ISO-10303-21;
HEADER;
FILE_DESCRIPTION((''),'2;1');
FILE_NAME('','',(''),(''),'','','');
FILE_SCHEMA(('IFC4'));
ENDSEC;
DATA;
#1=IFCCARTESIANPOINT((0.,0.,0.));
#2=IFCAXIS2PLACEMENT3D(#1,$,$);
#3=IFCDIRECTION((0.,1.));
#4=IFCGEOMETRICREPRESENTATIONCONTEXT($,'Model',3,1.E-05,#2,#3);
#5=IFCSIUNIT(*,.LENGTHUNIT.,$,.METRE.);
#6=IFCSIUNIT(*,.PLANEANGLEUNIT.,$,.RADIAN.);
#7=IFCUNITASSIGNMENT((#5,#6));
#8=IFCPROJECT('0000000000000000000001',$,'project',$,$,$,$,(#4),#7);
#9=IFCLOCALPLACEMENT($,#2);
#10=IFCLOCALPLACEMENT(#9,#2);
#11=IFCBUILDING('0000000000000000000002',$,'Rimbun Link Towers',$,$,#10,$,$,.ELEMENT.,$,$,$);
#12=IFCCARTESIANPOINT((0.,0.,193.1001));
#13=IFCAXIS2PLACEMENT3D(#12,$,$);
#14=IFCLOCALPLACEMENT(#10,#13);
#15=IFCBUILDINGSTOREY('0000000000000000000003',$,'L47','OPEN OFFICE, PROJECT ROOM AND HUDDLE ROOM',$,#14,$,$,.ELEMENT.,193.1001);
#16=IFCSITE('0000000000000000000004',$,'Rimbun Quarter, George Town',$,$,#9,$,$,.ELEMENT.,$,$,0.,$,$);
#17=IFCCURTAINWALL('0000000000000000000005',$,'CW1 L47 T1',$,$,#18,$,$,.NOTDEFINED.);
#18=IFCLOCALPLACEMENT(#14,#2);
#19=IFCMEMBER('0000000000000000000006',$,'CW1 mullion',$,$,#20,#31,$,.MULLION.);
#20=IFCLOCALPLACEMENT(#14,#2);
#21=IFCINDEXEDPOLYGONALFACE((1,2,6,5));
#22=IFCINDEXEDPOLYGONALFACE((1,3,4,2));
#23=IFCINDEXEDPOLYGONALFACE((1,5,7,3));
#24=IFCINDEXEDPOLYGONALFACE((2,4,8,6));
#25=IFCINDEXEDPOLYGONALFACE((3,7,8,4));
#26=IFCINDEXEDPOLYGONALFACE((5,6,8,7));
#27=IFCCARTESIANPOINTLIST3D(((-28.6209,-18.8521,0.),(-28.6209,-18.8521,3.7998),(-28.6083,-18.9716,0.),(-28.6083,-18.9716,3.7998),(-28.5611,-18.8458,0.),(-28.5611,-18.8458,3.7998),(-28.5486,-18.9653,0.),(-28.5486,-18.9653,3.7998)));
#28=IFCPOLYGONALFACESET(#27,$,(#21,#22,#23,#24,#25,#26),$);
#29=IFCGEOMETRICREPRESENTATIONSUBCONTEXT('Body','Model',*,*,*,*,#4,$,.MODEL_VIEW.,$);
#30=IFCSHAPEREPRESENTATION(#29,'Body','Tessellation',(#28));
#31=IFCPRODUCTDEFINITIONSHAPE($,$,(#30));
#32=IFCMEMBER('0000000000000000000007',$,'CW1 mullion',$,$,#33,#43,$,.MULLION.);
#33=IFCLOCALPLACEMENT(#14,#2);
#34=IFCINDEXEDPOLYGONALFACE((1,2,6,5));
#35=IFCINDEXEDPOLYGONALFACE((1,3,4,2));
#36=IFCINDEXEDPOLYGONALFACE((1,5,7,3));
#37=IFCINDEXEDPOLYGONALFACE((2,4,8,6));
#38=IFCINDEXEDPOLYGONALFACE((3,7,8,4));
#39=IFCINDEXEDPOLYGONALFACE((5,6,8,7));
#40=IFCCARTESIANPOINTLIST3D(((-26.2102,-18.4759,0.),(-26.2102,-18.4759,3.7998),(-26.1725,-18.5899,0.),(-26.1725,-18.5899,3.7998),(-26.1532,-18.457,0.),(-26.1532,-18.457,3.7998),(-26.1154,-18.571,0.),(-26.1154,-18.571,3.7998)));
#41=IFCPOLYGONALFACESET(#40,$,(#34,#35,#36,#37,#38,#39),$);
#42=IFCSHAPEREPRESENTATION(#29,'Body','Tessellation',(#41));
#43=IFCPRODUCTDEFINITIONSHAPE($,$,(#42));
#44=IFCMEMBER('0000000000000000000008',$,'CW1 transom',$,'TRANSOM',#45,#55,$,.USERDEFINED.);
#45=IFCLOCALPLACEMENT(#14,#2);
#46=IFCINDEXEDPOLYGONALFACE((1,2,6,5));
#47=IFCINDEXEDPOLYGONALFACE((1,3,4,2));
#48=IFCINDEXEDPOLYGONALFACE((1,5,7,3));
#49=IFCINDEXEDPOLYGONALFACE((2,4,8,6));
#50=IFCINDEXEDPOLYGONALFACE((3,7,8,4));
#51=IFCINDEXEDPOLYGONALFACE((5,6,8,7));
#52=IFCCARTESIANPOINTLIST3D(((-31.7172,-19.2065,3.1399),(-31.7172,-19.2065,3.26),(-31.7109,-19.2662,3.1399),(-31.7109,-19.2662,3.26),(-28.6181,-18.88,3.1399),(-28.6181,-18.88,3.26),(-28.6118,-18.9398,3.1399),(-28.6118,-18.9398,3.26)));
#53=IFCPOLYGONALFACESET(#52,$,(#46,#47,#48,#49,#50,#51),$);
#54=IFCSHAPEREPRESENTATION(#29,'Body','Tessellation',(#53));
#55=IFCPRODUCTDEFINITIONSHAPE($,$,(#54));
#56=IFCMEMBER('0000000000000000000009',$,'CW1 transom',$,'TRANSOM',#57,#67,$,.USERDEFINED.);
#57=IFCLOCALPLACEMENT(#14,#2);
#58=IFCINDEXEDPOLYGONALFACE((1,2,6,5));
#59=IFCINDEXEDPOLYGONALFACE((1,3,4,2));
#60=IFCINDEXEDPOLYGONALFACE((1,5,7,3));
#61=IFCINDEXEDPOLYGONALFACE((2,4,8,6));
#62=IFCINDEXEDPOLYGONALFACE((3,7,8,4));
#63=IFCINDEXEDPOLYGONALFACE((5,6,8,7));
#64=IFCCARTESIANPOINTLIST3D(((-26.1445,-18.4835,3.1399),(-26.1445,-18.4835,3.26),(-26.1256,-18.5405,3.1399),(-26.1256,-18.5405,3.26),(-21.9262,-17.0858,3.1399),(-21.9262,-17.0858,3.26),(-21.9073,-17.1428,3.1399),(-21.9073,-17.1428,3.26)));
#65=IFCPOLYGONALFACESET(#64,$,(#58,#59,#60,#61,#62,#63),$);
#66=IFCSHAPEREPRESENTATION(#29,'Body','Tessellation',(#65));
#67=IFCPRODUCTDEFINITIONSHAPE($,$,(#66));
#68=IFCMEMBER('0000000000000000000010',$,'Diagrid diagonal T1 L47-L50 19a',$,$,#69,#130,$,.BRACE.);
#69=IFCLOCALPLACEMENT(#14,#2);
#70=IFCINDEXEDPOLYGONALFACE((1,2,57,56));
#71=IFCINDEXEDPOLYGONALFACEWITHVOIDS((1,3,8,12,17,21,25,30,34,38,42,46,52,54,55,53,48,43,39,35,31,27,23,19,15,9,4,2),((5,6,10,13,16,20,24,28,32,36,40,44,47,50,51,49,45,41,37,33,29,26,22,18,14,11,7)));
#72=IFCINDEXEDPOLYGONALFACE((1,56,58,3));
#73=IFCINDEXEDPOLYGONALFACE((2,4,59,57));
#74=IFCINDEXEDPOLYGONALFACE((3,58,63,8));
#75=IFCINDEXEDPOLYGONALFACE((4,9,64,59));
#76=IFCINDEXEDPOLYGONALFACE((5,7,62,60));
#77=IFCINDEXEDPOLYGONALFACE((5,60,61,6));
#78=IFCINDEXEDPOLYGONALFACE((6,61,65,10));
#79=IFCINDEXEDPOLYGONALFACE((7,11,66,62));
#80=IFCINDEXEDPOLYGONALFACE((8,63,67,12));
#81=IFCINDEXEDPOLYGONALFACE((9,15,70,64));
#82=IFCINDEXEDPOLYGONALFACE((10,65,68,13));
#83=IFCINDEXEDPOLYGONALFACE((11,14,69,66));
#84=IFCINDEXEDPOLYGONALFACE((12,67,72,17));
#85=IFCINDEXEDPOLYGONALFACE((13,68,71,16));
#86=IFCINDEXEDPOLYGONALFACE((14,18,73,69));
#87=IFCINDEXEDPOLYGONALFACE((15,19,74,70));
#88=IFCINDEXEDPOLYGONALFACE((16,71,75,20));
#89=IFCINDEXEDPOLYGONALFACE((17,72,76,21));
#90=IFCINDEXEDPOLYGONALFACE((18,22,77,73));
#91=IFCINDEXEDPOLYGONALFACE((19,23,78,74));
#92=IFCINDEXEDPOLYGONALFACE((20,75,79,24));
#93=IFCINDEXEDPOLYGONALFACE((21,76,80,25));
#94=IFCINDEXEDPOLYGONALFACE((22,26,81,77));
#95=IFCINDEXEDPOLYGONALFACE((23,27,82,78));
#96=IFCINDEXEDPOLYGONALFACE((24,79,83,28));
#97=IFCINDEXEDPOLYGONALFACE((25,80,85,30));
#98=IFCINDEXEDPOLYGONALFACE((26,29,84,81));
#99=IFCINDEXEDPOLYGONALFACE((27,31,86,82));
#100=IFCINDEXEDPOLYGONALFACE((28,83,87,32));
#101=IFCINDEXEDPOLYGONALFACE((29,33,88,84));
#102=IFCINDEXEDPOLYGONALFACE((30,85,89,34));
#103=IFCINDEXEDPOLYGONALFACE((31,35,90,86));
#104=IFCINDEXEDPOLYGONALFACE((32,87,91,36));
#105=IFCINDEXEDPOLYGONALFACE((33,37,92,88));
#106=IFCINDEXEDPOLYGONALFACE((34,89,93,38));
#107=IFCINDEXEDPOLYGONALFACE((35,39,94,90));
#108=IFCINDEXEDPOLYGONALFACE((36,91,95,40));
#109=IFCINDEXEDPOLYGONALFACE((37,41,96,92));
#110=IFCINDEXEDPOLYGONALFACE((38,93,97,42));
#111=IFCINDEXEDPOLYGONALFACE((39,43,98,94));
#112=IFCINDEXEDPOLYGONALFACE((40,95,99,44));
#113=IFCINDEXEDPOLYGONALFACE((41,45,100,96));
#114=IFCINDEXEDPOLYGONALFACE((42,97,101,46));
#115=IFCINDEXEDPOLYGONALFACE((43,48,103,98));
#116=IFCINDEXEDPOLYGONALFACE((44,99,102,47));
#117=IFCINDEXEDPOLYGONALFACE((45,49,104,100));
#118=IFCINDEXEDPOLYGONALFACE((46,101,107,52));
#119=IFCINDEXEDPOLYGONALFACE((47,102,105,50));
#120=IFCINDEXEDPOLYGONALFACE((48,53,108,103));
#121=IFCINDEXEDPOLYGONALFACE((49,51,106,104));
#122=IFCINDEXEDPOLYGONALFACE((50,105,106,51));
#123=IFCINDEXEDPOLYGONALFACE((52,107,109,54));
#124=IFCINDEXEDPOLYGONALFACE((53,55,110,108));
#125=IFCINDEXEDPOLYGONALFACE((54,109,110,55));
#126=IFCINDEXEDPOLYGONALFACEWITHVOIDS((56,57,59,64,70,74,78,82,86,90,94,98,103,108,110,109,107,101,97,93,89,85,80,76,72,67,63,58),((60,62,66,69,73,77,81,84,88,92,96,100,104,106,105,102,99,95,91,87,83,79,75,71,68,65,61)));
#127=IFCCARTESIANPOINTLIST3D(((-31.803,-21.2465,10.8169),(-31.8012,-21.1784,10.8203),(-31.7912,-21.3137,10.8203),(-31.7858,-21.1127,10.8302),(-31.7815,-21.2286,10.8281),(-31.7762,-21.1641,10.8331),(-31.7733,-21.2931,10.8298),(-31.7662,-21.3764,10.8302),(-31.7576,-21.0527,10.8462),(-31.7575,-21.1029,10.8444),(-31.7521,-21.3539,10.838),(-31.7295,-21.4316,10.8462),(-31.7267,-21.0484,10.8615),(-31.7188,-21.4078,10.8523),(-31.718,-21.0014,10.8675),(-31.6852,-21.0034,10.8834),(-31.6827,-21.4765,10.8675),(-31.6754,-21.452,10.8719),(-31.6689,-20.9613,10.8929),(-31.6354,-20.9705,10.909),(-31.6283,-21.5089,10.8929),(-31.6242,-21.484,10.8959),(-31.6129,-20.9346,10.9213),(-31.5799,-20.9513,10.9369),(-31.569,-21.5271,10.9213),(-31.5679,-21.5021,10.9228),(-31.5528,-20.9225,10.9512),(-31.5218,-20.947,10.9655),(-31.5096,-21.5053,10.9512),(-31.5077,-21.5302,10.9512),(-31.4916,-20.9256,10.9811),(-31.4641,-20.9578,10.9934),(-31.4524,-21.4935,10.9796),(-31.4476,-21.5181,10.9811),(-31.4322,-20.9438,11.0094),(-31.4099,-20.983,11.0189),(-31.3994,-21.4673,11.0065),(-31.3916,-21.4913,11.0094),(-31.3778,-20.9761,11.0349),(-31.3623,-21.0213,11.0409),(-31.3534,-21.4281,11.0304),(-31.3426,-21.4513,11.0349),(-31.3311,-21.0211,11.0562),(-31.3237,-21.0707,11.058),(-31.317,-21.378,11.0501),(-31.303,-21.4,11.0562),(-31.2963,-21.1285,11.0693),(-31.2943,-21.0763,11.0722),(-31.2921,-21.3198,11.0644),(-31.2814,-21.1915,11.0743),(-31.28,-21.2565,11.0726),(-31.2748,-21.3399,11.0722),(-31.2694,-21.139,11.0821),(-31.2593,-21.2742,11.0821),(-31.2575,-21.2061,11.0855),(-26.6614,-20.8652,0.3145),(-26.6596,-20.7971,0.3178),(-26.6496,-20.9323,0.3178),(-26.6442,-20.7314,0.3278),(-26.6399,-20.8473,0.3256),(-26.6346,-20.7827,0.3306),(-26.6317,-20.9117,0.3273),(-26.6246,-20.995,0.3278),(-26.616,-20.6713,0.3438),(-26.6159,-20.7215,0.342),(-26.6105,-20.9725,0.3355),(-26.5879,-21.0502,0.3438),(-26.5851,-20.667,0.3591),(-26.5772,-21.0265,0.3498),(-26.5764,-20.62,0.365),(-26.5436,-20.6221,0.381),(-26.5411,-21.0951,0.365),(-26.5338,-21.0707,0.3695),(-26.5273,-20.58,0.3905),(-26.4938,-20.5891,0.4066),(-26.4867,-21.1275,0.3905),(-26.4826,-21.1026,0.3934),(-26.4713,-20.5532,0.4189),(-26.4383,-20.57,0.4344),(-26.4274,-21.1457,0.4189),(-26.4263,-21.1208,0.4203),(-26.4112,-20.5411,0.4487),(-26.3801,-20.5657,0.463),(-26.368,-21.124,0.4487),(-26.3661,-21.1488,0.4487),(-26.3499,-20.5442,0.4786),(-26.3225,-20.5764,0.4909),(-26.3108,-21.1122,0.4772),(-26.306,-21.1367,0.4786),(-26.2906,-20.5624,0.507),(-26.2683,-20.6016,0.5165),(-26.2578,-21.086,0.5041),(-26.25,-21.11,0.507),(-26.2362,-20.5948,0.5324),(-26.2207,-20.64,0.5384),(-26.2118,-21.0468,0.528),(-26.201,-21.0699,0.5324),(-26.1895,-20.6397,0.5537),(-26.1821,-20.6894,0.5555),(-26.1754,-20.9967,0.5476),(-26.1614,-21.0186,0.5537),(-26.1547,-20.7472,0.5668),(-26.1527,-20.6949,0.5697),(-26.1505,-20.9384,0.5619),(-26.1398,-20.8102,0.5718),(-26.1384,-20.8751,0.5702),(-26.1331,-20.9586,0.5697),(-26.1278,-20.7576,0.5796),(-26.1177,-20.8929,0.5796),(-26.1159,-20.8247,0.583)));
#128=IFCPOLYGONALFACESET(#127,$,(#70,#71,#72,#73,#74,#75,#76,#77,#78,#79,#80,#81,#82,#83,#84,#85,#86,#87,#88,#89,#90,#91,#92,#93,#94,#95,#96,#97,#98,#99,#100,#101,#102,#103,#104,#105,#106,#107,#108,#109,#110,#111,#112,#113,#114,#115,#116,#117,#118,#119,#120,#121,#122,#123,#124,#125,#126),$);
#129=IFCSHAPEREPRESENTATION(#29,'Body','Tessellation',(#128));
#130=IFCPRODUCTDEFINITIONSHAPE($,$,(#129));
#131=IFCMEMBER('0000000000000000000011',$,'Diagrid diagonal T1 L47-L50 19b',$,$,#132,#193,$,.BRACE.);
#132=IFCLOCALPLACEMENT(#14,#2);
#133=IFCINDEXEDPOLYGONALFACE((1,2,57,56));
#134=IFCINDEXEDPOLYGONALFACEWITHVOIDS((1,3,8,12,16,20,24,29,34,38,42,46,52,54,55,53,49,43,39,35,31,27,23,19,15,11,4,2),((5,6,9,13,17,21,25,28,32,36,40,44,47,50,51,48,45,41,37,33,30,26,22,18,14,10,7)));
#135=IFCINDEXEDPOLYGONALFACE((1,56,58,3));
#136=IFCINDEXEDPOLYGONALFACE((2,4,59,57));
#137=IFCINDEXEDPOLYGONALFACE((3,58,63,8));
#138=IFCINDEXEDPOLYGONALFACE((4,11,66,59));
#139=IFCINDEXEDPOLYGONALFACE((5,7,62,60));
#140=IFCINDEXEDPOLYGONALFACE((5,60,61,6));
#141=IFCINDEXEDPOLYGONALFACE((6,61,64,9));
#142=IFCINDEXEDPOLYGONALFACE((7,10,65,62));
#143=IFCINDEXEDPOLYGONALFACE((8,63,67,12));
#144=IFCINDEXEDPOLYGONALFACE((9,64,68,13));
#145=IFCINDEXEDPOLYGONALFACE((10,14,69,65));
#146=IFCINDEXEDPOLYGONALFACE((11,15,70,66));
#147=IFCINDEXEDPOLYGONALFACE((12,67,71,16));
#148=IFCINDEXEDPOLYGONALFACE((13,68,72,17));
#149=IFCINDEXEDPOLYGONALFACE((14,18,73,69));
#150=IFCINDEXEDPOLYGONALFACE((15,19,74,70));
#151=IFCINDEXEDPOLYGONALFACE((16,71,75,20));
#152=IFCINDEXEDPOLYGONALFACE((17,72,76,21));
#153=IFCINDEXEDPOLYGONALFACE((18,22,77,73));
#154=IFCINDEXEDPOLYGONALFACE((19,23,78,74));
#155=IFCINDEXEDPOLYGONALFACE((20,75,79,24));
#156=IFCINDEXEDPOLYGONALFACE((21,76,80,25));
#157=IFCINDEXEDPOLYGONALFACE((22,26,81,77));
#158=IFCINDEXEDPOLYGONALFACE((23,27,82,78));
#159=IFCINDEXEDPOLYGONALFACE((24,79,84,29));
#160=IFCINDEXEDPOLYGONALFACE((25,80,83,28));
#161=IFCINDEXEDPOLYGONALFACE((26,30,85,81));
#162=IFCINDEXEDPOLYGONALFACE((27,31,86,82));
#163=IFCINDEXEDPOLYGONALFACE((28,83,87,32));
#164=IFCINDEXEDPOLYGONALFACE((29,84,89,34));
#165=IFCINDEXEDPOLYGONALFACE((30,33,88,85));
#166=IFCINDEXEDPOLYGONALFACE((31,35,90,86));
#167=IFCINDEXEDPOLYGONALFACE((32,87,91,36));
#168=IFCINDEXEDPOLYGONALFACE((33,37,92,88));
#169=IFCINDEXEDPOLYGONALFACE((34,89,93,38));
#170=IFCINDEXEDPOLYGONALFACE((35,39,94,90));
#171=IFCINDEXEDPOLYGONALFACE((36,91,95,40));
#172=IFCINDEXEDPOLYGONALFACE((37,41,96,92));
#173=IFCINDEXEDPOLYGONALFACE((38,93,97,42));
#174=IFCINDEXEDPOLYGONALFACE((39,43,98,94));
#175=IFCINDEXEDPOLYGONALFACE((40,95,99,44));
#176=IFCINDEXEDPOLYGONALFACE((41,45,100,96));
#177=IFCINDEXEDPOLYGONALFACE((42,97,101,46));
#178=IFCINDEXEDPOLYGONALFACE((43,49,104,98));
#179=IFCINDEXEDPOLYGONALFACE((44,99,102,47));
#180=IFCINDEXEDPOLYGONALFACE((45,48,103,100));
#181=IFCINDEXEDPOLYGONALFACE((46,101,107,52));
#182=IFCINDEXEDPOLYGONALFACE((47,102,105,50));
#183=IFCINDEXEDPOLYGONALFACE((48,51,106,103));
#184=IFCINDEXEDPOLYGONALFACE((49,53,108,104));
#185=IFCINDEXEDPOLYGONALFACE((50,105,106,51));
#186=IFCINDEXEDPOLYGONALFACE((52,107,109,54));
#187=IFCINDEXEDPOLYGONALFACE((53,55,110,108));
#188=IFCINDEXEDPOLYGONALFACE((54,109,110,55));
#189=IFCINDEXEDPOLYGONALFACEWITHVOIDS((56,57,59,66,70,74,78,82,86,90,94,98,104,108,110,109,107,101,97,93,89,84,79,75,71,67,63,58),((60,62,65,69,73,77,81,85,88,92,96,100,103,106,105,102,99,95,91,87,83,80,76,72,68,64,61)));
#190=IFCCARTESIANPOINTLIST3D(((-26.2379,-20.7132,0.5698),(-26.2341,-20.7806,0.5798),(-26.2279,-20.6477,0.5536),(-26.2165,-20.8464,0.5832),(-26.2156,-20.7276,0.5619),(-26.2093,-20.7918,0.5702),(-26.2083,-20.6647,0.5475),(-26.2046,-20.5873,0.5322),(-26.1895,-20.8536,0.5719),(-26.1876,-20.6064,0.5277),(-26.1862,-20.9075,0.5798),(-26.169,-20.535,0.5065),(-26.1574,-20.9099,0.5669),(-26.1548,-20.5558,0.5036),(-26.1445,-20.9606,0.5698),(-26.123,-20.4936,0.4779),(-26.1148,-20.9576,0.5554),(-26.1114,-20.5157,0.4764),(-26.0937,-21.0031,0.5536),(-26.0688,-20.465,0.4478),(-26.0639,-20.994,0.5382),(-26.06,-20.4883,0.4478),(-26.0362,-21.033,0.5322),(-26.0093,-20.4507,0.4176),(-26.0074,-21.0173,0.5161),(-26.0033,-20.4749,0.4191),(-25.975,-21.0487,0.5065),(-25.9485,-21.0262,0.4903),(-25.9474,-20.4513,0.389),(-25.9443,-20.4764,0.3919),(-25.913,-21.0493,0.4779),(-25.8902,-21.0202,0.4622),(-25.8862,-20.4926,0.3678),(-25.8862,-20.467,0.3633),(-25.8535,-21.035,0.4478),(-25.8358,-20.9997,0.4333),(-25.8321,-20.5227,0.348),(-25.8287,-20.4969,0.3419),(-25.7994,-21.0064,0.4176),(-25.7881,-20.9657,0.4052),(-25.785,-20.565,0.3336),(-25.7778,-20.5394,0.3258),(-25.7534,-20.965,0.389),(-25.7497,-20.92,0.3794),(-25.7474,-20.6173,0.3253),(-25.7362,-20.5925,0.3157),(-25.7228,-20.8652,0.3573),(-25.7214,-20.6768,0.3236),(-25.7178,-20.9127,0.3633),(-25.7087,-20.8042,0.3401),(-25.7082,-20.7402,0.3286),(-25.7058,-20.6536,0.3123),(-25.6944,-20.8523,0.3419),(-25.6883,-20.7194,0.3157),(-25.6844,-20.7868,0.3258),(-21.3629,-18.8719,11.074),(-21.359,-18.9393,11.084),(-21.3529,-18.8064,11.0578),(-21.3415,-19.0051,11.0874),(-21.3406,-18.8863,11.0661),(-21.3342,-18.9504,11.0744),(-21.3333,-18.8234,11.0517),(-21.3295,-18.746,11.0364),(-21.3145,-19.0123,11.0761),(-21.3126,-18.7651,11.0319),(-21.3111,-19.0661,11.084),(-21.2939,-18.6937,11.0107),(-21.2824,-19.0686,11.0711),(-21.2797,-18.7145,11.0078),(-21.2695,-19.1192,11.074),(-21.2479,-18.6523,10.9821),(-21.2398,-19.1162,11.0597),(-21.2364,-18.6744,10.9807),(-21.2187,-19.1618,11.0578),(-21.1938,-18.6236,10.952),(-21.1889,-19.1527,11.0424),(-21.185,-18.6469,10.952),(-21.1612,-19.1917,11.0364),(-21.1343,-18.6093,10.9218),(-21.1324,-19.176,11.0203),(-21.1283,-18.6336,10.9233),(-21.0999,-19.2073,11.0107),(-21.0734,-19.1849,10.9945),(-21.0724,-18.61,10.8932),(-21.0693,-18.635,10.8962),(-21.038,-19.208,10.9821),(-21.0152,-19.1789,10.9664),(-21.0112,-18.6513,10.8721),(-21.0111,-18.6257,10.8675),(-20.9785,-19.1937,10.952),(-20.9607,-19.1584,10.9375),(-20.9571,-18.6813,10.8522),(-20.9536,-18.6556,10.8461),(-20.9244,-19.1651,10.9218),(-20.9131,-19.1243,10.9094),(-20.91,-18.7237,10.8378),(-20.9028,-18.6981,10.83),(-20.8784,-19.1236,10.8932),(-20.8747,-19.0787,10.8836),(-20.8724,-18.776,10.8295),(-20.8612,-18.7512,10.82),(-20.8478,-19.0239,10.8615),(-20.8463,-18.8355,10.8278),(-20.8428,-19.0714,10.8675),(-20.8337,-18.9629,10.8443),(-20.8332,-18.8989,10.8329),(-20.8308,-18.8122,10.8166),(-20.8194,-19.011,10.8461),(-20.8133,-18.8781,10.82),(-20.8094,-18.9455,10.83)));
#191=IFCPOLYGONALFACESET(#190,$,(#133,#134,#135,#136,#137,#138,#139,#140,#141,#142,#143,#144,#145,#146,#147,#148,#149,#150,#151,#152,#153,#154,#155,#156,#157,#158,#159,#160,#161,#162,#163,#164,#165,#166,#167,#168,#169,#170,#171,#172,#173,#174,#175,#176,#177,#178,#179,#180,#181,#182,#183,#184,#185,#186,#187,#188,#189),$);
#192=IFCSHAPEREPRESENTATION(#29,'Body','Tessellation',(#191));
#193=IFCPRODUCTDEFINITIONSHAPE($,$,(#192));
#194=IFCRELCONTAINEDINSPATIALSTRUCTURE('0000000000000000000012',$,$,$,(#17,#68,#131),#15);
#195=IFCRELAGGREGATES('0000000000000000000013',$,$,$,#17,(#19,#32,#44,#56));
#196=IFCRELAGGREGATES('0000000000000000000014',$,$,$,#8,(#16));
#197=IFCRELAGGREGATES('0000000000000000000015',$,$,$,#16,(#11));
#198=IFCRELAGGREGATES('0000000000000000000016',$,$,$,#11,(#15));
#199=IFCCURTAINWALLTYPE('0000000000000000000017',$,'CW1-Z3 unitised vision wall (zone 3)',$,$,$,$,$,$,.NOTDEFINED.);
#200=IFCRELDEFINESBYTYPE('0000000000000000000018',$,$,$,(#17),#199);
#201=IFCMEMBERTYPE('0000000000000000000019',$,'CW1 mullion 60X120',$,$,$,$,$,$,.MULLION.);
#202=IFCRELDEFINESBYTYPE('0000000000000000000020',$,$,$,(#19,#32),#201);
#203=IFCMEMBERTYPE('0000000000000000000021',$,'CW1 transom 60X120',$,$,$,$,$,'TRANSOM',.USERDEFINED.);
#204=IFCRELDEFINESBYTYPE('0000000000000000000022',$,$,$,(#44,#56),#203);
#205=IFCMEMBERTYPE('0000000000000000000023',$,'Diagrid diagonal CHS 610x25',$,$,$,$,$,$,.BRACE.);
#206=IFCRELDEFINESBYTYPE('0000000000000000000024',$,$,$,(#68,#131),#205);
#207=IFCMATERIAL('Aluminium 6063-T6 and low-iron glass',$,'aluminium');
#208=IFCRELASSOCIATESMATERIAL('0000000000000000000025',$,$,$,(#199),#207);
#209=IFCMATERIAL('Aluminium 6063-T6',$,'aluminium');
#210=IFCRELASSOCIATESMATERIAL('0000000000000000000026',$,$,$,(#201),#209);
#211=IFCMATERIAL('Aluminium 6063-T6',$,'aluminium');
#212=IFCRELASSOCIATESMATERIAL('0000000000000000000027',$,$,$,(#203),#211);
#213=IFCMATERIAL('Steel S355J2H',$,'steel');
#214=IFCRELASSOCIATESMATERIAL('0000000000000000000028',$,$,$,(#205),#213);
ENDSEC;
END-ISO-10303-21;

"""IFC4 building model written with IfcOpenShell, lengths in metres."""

from ifc_helpers import new_model, si_unit, direction, frame, origin, origin_2d, place, context, subcontext, project, spatial, rectangle, hollow_circle, extrude, material, material_profile, profile_set, type_object, element, aggregate, save


model = new_model("IFC4")

# Units and contexts
model_context = context("Model", 3, precision=1e-05, world=origin(), true_north=direction((0.0, 1.0)))
body_context = subcontext(model_context, "Body", "Model", "MODEL_VIEW")
ifc_project = project(units=[si_unit("LENGTHUNIT", "METRE"), si_unit("PLANEANGLEUNIT", "RADIAN")], contexts=[model_context])

# Site, building, storey
site_placement = place(None, origin())
site = spatial("IfcSite", under=ifc_project, at=site_placement, Name="Rimbun Quarter, George Town", CompositionType="ELEMENT", RefElevation=0.0)
building_placement = place(site_placement, origin())
building = spatial("IfcBuilding", under=site, at=building_placement, Name="Rimbun Link Towers", CompositionType="ELEMENT")
storey_placement = place(building_placement, frame((0.0, 0.0, 193.1001)))
storey = spatial("IfcBuildingStorey", under=building, at=storey_placement, Name="L47", Description="OPEN OFFICE, PROJECT ROOM AND HUDDLE ROOM", CompositionType="ELEMENT", Elevation=193.1001)

# Curtain wall, members
ifc_material_1 = material(Name="Aluminium 6063-T6 and low-iron glass", Category="aluminium")
curtain_wall_type = type_object("IfcCurtainWallType", Name="CW1-Z3 unitised vision wall (zone 3)", PredefinedType="NOTDEFINED", material=ifc_material_1)
curtain_wall_placement = place(storey_placement, origin())
curtain_wall = element("IfcCurtainWall", 1, at=curtain_wall_placement, inside=storey, type_object=curtain_wall_type, Name="CW1 L47 T1", PredefinedType="NOTDEFINED")
ifc_material_2 = material(Name="Aluminium 6063-T6", Category="aluminium")
ifc_material_profile_1 = material_profile(ifc_material_2, rectangle(XDim=0.1201, YDim=0.0601, at=origin_2d()), Name="MULLION 60X120")
ifc_profile_set_1 = profile_set([ifc_material_profile_1], Name="Aluminium 6063-T6")
member_type_1 = type_object("IfcMemberType", Name="CW1 mullion 60X120", PredefinedType="MULLION", material=ifc_profile_set_1)
member_1_placement = place(storey_placement, frame((-28.5847, -18.9087, 0.0), z_axis=(0.0, 0.0, 1.0), x_axis=(0.104748, -0.994499, 0.0)))
member_1 = element("IfcMember", 2, at=member_1_placement, type_object=member_type_1, Name="CW1 mullion", PredefinedType="MULLION", context=body_context, shape_type="SweptSolid", body=[
    extrude(rectangle(XDim=0.1201, YDim=0.0601, at=origin_2d()), origin(), (0.0, 0.0, 1.0), 3.7998),
])
member_2_placement = place(storey_placement, frame((-26.1628, -18.5234, 0.0), z_axis=(0.0, 0.0, 1.0), x_axis=(0.314558, -0.949238, 0.0)))
member_2 = element("IfcMember", 3, at=member_2_placement, type_object=member_type_1, Name="CW1 mullion", PredefinedType="MULLION", context=body_context, shape_type="SweptSolid", body=[
    extrude(rectangle(XDim=0.1201, YDim=0.0601, at=origin_2d()), origin(), (0.0, 0.0, 1.0), 3.7998),
])
ifc_material_3 = material(Name="Aluminium 6063-T6", Category="aluminium")
ifc_material_profile_2 = material_profile(ifc_material_3, rectangle(XDim=0.0601, YDim=0.1201, at=origin_2d()), Name="TRANSOM 60X120")
ifc_profile_set_2 = profile_set([ifc_material_profile_2], Name="Aluminium 6063-T6")
member_type_2 = type_object("IfcMemberType", Name="CW1 transom 60X120", ElementType="TRANSOM", PredefinedType="USERDEFINED", material=ifc_profile_set_2)
member_3_placement = place(storey_placement, frame((-28.615, -18.9099, 3.2), z_axis=(-0.994499, -0.104746, 0.0), x_axis=(0.104746, -0.994499, 0.0)))
member_3 = element("IfcMember", 4, at=member_3_placement, type_object=member_type_2, Name="CW1 transom", ObjectType="TRANSOM", PredefinedType="USERDEFINED", context=body_context, shape_type="SweptSolid", body=[
    extrude(rectangle(XDim=0.0601, YDim=0.1201, at=origin_2d()), origin(), (0.0, 0.0, 1.0), 3.1162),
])
member_4_placement = place(storey_placement, frame((-21.9167, -17.1143, 3.2), z_axis=(-0.949248, -0.31453, 0.0), x_axis=(0.31453, -0.949248, 0.0)))
member_4 = element("IfcMember", 5, at=member_4_placement, type_object=member_type_2, Name="CW1 transom", ObjectType="TRANSOM", PredefinedType="USERDEFINED", context=body_context, shape_type="SweptSolid", body=[
    extrude(rectangle(XDim=0.0601, YDim=0.1201, at=origin_2d()), origin(), (0.0, 0.0, 1.0), 4.4438),
])

# Members
ifc_material_4 = material(Name="Steel S355J2H", Category="steel")
ifc_material_profile_3 = material_profile(ifc_material_4, hollow_circle(Radius=0.3047, WallThickness=0.0249, at=origin_2d()), Name="Diagrid diagonal CHS 610x25")
ifc_profile_set_3 = profile_set([ifc_material_profile_3], Name="Steel S355J2H")
member_type_3 = type_object("IfcMemberType", Name="Diagrid diagonal CHS 610x25", PredefinedType="BRACE", material=ifc_profile_set_3)
member_5_placement = place(storey_placement, frame((-26.3887, -20.845, 0.4487), z_axis=(-0.439465, -0.032595, 0.897668), x_axis=(0.073966, -0.997261, 0.0)))
element("IfcMember", 6, at=member_5_placement, inside=storey, type_object=member_type_3, Name="Diagrid diagonal T1 L47-L50 19a", PredefinedType="BRACE", context=body_context, shape_type="SweptSolid", body=[
    extrude(hollow_circle(Radius=0.3047, WallThickness=0.0249, at=origin_2d()), origin(), (0.0, 0.0, 1.0), 11.6997),
])
member_6_placement = place(storey_placement, frame((-25.9612, -20.75, 0.4478), z_axis=(0.415752, 0.157031, 0.895819), x_axis=(-0.35334, 0.935495, 0.0)))
element("IfcMember", 7, at=member_6_placement, inside=storey, type_object=member_type_3, Name="Diagrid diagonal T1 L47-L50 19b", PredefinedType="BRACE", context=body_context, shape_type="SweptSolid", body=[
    extrude(hollow_circle(Radius=0.3047, WallThickness=0.0249, at=origin_2d()), origin(), (0.0, 0.0, 1.0), 11.7258),
])

aggregate(curtain_wall, [member_1, member_2, member_3, member_4])

save(model, "model.ifc")
